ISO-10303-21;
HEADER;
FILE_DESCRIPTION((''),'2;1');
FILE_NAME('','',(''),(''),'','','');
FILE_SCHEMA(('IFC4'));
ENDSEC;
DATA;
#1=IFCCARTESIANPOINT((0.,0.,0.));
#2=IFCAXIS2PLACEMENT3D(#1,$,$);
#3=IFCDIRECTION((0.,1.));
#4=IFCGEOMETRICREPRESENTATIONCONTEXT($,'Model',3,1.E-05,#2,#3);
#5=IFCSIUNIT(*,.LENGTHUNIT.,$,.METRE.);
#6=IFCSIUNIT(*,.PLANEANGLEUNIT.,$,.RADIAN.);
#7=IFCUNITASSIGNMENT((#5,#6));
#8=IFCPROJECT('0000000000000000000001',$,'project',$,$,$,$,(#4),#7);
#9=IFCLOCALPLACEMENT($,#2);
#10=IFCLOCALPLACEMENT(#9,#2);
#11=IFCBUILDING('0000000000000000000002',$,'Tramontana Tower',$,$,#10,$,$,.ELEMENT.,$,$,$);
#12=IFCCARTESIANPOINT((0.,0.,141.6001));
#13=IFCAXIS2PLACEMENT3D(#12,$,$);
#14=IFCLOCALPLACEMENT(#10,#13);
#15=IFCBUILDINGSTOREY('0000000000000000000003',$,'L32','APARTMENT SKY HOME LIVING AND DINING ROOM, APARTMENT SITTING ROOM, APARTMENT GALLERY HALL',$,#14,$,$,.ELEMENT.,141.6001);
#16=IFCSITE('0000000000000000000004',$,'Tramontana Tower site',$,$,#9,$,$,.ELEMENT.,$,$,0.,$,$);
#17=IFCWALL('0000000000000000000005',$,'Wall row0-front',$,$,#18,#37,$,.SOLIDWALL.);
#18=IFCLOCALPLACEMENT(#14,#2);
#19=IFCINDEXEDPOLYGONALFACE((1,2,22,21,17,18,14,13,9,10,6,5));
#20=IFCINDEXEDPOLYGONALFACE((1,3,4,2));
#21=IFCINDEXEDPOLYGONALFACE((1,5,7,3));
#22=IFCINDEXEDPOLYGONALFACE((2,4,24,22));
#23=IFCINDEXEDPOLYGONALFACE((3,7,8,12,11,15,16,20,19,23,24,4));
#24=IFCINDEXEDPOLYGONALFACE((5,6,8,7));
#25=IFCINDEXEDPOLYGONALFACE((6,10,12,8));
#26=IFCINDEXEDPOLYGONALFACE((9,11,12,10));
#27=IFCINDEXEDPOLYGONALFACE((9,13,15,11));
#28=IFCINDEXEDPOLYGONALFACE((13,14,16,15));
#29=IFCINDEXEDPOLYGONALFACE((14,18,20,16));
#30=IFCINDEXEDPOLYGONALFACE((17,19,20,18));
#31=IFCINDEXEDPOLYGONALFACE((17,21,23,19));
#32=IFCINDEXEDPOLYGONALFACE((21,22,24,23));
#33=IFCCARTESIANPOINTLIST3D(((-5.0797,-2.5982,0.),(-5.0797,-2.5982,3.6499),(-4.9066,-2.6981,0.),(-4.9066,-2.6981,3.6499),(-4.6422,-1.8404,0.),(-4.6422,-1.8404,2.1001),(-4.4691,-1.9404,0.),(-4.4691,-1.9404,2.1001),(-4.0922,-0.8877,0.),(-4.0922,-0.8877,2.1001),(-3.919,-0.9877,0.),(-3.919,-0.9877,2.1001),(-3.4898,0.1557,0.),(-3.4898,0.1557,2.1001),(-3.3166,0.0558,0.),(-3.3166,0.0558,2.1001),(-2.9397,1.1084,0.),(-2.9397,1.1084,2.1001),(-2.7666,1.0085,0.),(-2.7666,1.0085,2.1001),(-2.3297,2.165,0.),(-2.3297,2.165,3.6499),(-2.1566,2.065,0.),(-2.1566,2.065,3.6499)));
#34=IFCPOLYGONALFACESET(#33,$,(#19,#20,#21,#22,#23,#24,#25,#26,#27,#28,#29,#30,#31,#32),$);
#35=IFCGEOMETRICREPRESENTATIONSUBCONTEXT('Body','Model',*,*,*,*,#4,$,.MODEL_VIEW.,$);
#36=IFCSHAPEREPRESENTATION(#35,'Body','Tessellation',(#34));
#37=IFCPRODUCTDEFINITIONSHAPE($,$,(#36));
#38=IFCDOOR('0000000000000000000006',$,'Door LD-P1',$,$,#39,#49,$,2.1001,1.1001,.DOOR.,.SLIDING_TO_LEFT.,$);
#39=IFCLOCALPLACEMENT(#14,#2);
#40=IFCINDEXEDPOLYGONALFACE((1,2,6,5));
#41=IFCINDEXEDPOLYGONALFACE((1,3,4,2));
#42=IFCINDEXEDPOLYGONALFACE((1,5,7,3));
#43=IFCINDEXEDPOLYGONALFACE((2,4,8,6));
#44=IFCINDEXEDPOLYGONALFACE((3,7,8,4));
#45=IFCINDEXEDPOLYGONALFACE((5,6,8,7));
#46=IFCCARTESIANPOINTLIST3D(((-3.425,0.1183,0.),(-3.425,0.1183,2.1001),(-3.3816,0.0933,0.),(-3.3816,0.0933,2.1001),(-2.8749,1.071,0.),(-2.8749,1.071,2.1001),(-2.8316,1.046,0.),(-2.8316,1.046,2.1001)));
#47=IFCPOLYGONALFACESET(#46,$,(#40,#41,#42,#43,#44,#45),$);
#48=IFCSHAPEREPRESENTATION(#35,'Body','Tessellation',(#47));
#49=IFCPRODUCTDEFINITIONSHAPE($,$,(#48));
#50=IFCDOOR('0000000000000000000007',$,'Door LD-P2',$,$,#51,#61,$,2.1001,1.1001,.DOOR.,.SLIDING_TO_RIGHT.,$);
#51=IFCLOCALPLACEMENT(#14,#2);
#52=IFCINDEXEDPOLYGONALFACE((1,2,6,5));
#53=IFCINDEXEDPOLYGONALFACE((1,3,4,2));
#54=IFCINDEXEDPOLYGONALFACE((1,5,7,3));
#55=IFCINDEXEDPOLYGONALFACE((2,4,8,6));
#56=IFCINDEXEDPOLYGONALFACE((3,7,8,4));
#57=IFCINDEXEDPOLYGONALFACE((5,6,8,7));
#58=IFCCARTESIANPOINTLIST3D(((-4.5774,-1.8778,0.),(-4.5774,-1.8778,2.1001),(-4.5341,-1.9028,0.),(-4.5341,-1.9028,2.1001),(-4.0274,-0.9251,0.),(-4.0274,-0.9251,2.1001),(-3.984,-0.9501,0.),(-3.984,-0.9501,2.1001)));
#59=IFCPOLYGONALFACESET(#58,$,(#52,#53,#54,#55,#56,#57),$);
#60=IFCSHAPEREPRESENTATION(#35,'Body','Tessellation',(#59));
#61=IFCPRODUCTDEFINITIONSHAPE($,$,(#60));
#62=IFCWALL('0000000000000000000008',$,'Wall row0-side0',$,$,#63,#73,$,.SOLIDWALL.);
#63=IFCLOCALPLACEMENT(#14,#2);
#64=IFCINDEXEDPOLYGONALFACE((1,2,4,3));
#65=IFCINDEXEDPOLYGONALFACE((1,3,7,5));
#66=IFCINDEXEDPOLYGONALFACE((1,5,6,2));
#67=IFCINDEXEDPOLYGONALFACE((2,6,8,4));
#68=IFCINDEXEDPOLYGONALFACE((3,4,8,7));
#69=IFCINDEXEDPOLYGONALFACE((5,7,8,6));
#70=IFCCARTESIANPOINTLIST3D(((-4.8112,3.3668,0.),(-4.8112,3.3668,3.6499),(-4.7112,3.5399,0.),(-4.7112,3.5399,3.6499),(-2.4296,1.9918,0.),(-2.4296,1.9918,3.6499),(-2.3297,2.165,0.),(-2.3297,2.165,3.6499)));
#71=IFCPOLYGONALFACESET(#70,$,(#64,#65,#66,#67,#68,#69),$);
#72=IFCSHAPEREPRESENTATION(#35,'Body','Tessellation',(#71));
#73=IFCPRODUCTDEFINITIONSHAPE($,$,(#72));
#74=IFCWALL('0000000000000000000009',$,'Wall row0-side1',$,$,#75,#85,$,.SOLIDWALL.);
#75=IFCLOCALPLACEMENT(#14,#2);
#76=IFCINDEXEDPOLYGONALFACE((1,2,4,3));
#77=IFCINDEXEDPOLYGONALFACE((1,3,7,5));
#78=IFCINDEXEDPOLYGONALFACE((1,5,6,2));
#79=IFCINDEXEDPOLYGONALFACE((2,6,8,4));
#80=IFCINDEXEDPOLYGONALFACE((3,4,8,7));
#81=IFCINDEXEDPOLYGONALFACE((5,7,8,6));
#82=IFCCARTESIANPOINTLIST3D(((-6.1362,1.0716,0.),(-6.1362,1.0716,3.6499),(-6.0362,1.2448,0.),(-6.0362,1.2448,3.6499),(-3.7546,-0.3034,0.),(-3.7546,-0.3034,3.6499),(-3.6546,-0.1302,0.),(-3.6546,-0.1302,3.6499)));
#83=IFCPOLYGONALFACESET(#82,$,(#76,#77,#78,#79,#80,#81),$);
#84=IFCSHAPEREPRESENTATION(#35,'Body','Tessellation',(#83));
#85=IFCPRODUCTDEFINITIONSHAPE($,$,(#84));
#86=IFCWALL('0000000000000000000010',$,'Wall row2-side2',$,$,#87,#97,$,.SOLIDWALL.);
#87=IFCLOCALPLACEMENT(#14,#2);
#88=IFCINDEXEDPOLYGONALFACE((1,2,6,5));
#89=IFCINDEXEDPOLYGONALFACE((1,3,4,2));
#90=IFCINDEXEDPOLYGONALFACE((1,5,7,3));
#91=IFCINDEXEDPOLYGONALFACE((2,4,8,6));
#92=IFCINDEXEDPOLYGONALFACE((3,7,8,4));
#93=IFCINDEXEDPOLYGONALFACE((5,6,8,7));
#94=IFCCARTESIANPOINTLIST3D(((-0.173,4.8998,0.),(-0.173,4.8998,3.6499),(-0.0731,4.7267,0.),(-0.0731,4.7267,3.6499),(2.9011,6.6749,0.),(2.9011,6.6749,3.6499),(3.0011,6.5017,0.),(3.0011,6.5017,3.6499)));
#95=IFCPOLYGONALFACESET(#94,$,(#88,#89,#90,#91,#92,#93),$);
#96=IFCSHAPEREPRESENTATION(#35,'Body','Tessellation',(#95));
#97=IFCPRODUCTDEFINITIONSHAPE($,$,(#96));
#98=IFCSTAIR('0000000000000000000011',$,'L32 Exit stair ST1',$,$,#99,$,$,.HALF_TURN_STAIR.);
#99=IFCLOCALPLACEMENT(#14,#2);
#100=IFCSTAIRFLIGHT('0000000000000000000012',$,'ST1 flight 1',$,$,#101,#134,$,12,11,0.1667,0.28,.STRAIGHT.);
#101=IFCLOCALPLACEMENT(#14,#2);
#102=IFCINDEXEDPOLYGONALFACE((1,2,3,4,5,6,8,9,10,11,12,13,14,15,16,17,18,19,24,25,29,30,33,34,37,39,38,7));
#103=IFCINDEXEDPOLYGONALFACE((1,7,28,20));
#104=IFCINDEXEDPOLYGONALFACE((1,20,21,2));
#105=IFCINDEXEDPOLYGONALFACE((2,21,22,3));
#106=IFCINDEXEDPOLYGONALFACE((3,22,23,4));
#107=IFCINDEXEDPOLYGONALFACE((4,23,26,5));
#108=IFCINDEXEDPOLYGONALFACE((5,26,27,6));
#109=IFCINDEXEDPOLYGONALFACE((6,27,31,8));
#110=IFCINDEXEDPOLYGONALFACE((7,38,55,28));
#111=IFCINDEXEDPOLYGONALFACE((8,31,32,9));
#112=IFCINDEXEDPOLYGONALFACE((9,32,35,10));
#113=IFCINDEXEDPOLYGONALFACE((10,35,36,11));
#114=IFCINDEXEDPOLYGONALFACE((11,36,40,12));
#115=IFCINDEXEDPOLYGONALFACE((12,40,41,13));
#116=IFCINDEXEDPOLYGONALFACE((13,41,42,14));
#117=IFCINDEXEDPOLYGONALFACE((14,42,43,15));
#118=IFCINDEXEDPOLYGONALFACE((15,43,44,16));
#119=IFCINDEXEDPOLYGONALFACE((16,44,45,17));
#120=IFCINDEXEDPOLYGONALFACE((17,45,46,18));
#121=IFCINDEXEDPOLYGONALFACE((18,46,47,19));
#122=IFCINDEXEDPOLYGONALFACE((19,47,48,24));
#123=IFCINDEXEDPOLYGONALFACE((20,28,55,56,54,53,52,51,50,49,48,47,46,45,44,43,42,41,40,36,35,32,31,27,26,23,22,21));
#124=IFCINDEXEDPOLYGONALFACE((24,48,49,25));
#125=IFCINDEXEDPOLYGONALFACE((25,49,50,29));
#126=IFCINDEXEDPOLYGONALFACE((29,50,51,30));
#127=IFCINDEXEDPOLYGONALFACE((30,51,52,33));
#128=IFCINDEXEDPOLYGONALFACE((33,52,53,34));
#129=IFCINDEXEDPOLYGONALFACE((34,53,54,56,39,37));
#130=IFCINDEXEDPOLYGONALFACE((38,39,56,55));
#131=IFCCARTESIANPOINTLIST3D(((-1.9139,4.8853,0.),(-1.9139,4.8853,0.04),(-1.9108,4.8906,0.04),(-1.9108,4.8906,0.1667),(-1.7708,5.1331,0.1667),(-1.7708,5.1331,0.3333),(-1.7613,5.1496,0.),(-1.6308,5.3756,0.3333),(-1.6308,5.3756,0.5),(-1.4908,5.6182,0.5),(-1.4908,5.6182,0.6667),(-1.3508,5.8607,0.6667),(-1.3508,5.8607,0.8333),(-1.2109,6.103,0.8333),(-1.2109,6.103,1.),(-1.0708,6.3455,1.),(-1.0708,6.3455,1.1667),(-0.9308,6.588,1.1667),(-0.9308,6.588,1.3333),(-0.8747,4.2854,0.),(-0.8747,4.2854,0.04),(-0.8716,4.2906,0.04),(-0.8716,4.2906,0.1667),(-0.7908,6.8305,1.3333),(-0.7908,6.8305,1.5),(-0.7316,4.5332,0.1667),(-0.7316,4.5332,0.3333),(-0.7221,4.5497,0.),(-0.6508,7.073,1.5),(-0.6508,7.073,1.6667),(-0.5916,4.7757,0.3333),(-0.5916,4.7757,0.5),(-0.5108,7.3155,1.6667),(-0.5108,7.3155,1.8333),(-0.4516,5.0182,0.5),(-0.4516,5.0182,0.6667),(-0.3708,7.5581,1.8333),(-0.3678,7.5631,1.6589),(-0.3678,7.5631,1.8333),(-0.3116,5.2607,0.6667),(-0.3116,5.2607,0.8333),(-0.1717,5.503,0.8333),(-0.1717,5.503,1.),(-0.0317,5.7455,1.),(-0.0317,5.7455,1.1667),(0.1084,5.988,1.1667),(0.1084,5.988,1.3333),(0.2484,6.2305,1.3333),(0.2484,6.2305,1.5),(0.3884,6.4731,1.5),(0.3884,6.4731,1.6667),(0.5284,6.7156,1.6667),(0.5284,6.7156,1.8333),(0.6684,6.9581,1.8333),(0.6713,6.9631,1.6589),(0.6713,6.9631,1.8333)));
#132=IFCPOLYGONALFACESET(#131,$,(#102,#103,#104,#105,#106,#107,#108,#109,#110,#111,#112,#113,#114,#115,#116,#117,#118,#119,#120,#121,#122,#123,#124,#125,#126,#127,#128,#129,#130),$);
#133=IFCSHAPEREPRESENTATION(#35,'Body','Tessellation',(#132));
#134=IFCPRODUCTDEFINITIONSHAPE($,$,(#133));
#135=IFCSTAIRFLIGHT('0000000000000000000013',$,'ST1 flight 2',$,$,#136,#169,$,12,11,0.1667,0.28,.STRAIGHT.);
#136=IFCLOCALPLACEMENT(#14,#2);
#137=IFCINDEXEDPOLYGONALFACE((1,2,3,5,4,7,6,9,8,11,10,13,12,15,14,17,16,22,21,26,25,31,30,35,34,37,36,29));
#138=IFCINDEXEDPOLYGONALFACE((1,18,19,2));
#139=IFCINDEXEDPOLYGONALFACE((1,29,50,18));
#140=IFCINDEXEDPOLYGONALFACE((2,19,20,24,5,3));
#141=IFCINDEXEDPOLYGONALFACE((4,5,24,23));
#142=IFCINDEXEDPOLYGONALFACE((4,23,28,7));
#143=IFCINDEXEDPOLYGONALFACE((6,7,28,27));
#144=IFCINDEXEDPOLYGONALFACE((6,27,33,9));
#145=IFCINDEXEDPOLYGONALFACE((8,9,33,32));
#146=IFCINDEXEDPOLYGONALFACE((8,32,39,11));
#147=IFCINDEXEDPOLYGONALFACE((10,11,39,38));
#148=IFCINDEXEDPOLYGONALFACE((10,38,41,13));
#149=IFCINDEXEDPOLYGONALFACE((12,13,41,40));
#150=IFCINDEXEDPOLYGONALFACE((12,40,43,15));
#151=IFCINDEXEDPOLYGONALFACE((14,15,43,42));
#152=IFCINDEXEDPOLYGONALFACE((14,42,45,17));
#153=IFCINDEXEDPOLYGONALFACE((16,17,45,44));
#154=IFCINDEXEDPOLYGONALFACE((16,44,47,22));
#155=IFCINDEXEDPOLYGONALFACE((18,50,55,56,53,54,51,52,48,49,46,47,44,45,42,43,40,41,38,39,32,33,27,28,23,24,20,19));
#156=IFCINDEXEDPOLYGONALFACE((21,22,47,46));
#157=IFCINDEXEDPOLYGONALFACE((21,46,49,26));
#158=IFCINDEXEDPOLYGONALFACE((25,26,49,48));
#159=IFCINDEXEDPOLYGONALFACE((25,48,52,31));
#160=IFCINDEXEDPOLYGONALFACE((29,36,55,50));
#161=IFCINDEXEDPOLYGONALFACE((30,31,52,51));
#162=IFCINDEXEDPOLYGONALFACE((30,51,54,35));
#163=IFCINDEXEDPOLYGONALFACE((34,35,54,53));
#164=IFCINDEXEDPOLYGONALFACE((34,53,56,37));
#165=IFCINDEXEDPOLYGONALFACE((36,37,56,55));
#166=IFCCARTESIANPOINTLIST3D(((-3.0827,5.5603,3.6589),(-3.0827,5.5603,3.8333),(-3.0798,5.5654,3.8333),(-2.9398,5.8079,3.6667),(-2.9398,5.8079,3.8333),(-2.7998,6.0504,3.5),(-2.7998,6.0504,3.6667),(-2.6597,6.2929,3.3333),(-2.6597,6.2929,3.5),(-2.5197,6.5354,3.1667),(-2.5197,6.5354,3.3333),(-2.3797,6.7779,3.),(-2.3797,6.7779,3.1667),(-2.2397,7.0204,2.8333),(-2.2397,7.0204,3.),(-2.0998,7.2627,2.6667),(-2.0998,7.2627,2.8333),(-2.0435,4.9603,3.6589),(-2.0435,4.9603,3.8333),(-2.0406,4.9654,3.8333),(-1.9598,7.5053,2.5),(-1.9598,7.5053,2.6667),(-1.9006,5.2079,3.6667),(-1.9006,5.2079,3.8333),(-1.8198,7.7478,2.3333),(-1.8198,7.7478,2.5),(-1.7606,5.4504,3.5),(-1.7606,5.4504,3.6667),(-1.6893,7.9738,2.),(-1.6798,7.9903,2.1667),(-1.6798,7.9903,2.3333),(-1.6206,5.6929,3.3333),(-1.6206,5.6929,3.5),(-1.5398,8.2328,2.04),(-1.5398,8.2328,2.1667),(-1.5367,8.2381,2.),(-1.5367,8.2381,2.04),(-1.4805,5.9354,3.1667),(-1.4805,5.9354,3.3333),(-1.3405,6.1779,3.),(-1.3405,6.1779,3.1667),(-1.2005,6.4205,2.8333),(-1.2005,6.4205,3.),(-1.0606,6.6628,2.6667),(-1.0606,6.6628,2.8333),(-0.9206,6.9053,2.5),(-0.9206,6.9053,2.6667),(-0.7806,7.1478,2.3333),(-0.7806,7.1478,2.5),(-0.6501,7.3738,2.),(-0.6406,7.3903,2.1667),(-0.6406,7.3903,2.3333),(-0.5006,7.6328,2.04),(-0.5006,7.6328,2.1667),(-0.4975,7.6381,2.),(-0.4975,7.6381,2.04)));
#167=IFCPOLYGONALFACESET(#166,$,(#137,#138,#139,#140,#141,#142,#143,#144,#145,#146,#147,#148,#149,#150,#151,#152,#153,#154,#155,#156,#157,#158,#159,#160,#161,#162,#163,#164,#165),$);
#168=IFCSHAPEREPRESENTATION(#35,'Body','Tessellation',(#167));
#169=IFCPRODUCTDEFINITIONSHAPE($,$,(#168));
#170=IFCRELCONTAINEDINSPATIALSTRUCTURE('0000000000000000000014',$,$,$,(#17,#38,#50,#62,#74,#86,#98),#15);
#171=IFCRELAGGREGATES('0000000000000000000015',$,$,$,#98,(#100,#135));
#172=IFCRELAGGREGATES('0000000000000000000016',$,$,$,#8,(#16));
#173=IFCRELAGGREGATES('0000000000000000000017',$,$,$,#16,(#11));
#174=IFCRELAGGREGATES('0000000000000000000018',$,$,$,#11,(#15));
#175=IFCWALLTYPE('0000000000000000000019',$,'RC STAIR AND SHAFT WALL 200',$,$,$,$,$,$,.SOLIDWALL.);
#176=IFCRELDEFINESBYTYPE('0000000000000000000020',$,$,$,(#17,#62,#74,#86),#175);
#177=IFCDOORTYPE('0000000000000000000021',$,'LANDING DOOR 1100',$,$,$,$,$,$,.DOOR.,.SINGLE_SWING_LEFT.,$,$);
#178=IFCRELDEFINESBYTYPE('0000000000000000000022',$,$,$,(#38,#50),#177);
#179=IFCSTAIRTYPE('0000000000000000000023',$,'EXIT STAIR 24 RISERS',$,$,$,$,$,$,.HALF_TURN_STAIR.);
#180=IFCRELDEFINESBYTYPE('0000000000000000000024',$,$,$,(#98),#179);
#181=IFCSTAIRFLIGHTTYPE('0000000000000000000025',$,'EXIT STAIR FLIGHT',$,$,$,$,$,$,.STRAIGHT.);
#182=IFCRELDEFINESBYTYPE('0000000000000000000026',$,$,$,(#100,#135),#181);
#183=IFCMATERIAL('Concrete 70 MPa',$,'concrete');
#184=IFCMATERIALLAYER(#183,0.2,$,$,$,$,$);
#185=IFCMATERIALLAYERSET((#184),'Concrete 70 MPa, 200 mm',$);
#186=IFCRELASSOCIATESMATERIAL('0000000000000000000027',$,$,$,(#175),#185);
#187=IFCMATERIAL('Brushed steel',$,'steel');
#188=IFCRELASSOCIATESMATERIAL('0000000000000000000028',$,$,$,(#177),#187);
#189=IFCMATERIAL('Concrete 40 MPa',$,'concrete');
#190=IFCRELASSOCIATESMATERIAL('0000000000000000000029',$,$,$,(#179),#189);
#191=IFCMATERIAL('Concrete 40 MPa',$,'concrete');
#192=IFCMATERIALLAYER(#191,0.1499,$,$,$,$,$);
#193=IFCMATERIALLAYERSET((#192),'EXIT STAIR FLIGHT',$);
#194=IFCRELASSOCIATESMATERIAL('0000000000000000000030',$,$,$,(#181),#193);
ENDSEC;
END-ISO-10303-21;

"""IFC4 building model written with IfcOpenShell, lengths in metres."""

from ifc_helpers import new_model, si_unit, direction, frame, frame_2d, origin, place, context, subcontext, project, spatial, polyline, rectangle, outline, extrude, material, layer, layer_set, type_object, element, fill, aggregate, save


model = new_model("IFC4")

# Units and contexts
model_context = context("Model", 3, precision=1e-05, world=origin(), true_north=direction((0.0, 1.0)))
body_context = subcontext(model_context, "Body", "Model", "MODEL_VIEW")
ifc_project = project(units=[si_unit("LENGTHUNIT", "METRE"), si_unit("PLANEANGLEUNIT", "RADIAN")], contexts=[model_context])

# Site, building, storey
site_placement = place(None, origin())
site = spatial("IfcSite", under=ifc_project, at=site_placement, Name="Tramontana Tower site", CompositionType="ELEMENT", RefElevation=0.0)
building_placement = place(site_placement, origin())
building = spatial("IfcBuilding", under=site, at=building_placement, Name="Tramontana Tower", CompositionType="ELEMENT")
storey_placement = place(building_placement, frame((0.0, 0.0, 141.6001)))
storey = spatial("IfcBuildingStorey", under=building, at=storey_placement, Name="L32", Description="APARTMENT SKY HOME LIVING AND DINING ROOM, APARTMENT SITTING ROOM, APARTMENT GALLERY HALL", CompositionType="ELEMENT", Elevation=141.6001)

# Shared definitions
ifc_material_1 = material(Name="Concrete 70 MPa", Category="concrete")
ifc_layer_1 = layer(ifc_material_1, 0.2)
ifc_layer_set_1 = layer_set([ifc_layer_1], Name="Concrete 70 MPa, 200 mm")
wall_type_1 = type_object("IfcWallType", Name="RC STAIR AND SHAFT WALL 200", PredefinedType="SOLIDWALL", material=ifc_layer_set_1)

# Wall, openings, doors
wall_1_placement = place(storey_placement, frame((-2.2432, 2.115, 0.0), z_axis=(0.0, 0.0, 1.0), x_axis=(-0.499997, -0.866027, 0.0)))
wall_1 = element("IfcWall", 1, at=wall_1_placement, inside=storey, type_object=wall_type_1, Name="Wall row0-front", PredefinedType="SOLIDWALL", context=body_context, shape_type="SweptSolid", body=[
    extrude(rectangle(XDim=5.5, YDim=0.2, at=frame_2d((2.75, 0.0))), origin(), (0.0, 0.0, 1.0), 3.6499),
])
opening_1_placement = place(wall_1_placement, frame((1.22, 0.0, 0.0)))
opening_1 = element("IfcOpeningElement", 2, at=opening_1_placement, cuts=wall_1, PredefinedType="OPENING", context=body_context, shape_type="SweptSolid", body=[
    extrude(rectangle(XDim=1.1001, YDim=2.1001, at=frame_2d((0.55, 1.05))), frame((0.0, 0.1099, 0.0), z_axis=(0.0, -1.0, 0.0), x_axis=(1.0, 0.0, 0.0)), (0.0, 0.0, 1.0), 0.22),
])
opening_2_placement = place(wall_1_placement, frame((3.5249, 0.0, 0.0)))
opening_2 = element("IfcOpeningElement", 3, at=opening_2_placement, cuts=wall_1, PredefinedType="OPENING", context=body_context, shape_type="SweptSolid", body=[
    extrude(rectangle(XDim=1.1001, YDim=2.1001, at=frame_2d((0.55, 1.05))), frame((0.0, 0.1099, 0.0), z_axis=(0.0, -1.0, 0.0), x_axis=(1.0, 0.0, 0.0)), (0.0, 0.0, 1.0), 0.22),
])
ifc_material_2 = material(Name="Brushed steel", Category="steel")
door_type_1 = type_object("IfcDoorType", Name="LANDING DOOR 1100", OperationType="SINGLE_SWING_LEFT", PredefinedType="DOOR", material=ifc_material_2)
door_1_placement = place(opening_1_placement, origin())
door_1 = element("IfcDoor", 4, at=door_1_placement, inside=storey, type_object=door_type_1, Name="Door LD-P1", OperationType="SLIDING_TO_LEFT", OverallHeight=2.1001, OverallWidth=1.1001, PredefinedType="DOOR", context=body_context, shape_type="SweptSolid", body=[
    extrude(rectangle(XDim=1.1001, YDim=2.1001, at=frame_2d((0.55, 1.05))), frame((0.0, 0.0249, 0.0), z_axis=(0.0, -1.0, 0.0), x_axis=(1.0, 0.0, 0.0)), (0.0, 0.0, 1.0), 0.05),
])
fill(opening_1, door_1)
door_2_placement = place(opening_2_placement, origin())
door_2 = element("IfcDoor", 5, at=door_2_placement, inside=storey, type_object=door_type_1, Name="Door LD-P2", OperationType="SLIDING_TO_RIGHT", OverallHeight=2.1001, OverallWidth=1.1001, PredefinedType="DOOR", context=body_context, shape_type="SweptSolid", body=[
    extrude(rectangle(XDim=1.1001, YDim=2.1001, at=frame_2d((0.55, 1.05))), frame((0.0, 0.0249, 0.0), z_axis=(0.0, -1.0, 0.0), x_axis=(1.0, 0.0, 0.0)), (0.0, 0.0, 1.0), 0.05),
])
fill(opening_2, door_2)

# Walls
for number, where, z_axis, x_axis, name in (
    (6, (-2.3796, 2.0784, 0.0), (0.0, 0.0, 1.0), (-0.866027, 0.499997, 0.0), "Wall row0-side0"),
    (7, (-3.7046, -0.2168, 0.0), (0.0, 0.0, 1.0), (-0.866027, 0.499997, 0.0), "Wall row0-side1"),
):
    element("IfcWall", number, at=place(storey_placement, frame(where, z_axis=z_axis, x_axis=x_axis)), inside=storey, type_object=wall_type_1, Name=name, PredefinedType="SOLIDWALL", context=body_context, shape_type="SweptSolid", body=[
        extrude(rectangle(XDim=2.75, YDim=0.2, at=frame_2d((1.375, 0.0))), origin(), (0.0, 0.0, 1.0), 3.6499),
    ])
wall_2_placement = place(storey_placement, frame((-0.123, 4.8132, 0.0), z_axis=(0.0, 0.0, 1.0), x_axis=(0.865995, 0.500052, 0.0)))
element("IfcWall", 8, at=wall_2_placement, inside=storey, type_object=wall_type_1, Name="Wall row2-side2", PredefinedType="SOLIDWALL", context=body_context, shape_type="SweptSolid", body=[
    extrude(rectangle(XDim=3.5498, YDim=0.2, at=frame_2d((1.7749, 0.0))), origin(), (0.0, 0.0, 1.0), 3.6499),
])

# Stair, stair flights
ifc_material_3 = material(Name="Concrete 40 MPa", Category="concrete")
stair_type = type_object("IfcStairType", Name="EXIT STAIR 24 RISERS", PredefinedType="HALF_TURN_STAIR", material=ifc_material_3)
stair_placement = place(storey_placement, origin())
stair = element("IfcStair", 9, at=stair_placement, inside=storey, type_object=stair_type, Name="L32 Exit stair ST1", PredefinedType="HALF_TURN_STAIR")
ifc_material_4 = material(Name="Concrete 40 MPa", Category="concrete")
ifc_layer_2 = layer(ifc_material_4, 0.1499)
ifc_layer_set_2 = layer_set([ifc_layer_2], Name="EXIT STAIR FLIGHT")
stair_flight_type = type_object("IfcStairFlightType", Name="EXIT STAIR FLIGHT", PredefinedType="STRAIGHT", material=ifc_layer_set_2)
stair_flight_1_placement = place(storey_placement, frame((-1.3911, 4.5906, 0.0), z_axis=(0.0, 0.0, 1.0), x_axis=(0.5, 0.866025, 0.0)))
stair_flight_1 = element("IfcStairFlight", 10, at=stair_flight_1_placement, type_object=stair_flight_type, Name="ST1 flight 1", NumberOfRisers=12, NumberOfTreads=11, PredefinedType="STRAIGHT", RiserHeight=0.1667, TreadLength=0.28, context=body_context, shape_type="SweptSolid", body=[
    extrude(outline(polyline([(-0.0061, 0.0), (-0.0061, 0.04), (0.0, 0.04), (0.0, 0.1667), (0.28, 0.1667), (0.28, 0.3333), (0.5601, 0.3333), (0.5601, 0.5), (0.8401, 0.5), (0.8401, 0.6667), (1.1201, 0.6667), (1.1201, 0.8333), (1.3999, 0.8333), (1.3999, 1.0), (1.6799, 1.0), (1.6799, 1.1667), (1.96, 1.1667), (1.96, 1.3333), (2.24, 1.3333), (2.24, 1.5), (2.52, 1.5), (2.52, 1.6667), (2.8, 1.6667), (2.8, 1.8333), (3.0801, 1.8333), (3.0859, 1.8333), (3.0859, 1.6589), (0.2991, 0.0), (-0.0061, 0.0)])), frame((0.0, 0.6001, 0.0), z_axis=(0.0, -1.0, 0.0), x_axis=(1.0, 0.0, 0.0)), (0.0, 0.0, 1.0), 1.2),
])
stair_flight_2_placement = place(storey_placement, frame((-1.0203, 7.9329, 2.0), z_axis=(0.0, 0.0, 1.0), x_axis=(-0.5, -0.866025, 0.0)))
stair_flight_2 = element("IfcStairFlight", 11, at=stair_flight_2_placement, type_object=stair_flight_type, Name="ST1 flight 2", NumberOfRisers=12, NumberOfTreads=11, PredefinedType="STRAIGHT", RiserHeight=0.1667, TreadLength=0.28, context=body_context, shape_type="SweptSolid", body=[
    extrude(outline(polyline([(-0.0061, 0.0), (-0.0061, 0.04), (0.0, 0.04), (0.0, 0.1667), (0.28, 0.1667), (0.28, 0.3333), (0.5601, 0.3333), (0.5601, 0.5), (0.8401, 0.5), (0.8401, 0.6667), (1.1201, 0.6667), (1.1201, 0.8333), (1.3999, 0.8333), (1.3999, 1.0), (1.6799, 1.0), (1.6799, 1.1667), (1.96, 1.1667), (1.96, 1.3333), (2.24, 1.3333), (2.24, 1.5), (2.52, 1.5), (2.52, 1.6667), (2.8, 1.6667), (2.8, 1.8333), (3.0801, 1.8333), (3.0859, 1.8333), (3.0859, 1.6589), (0.2991, 0.0), (-0.0061, 0.0)])), frame((0.0, 0.6001, 0.0), z_axis=(0.0, -1.0, 0.0), x_axis=(1.0, 0.0, 0.0)), (0.0, 0.0, 1.0), 1.2),
])
aggregate(stair, [stair_flight_1, stair_flight_2])

save(model, "model.ifc")
